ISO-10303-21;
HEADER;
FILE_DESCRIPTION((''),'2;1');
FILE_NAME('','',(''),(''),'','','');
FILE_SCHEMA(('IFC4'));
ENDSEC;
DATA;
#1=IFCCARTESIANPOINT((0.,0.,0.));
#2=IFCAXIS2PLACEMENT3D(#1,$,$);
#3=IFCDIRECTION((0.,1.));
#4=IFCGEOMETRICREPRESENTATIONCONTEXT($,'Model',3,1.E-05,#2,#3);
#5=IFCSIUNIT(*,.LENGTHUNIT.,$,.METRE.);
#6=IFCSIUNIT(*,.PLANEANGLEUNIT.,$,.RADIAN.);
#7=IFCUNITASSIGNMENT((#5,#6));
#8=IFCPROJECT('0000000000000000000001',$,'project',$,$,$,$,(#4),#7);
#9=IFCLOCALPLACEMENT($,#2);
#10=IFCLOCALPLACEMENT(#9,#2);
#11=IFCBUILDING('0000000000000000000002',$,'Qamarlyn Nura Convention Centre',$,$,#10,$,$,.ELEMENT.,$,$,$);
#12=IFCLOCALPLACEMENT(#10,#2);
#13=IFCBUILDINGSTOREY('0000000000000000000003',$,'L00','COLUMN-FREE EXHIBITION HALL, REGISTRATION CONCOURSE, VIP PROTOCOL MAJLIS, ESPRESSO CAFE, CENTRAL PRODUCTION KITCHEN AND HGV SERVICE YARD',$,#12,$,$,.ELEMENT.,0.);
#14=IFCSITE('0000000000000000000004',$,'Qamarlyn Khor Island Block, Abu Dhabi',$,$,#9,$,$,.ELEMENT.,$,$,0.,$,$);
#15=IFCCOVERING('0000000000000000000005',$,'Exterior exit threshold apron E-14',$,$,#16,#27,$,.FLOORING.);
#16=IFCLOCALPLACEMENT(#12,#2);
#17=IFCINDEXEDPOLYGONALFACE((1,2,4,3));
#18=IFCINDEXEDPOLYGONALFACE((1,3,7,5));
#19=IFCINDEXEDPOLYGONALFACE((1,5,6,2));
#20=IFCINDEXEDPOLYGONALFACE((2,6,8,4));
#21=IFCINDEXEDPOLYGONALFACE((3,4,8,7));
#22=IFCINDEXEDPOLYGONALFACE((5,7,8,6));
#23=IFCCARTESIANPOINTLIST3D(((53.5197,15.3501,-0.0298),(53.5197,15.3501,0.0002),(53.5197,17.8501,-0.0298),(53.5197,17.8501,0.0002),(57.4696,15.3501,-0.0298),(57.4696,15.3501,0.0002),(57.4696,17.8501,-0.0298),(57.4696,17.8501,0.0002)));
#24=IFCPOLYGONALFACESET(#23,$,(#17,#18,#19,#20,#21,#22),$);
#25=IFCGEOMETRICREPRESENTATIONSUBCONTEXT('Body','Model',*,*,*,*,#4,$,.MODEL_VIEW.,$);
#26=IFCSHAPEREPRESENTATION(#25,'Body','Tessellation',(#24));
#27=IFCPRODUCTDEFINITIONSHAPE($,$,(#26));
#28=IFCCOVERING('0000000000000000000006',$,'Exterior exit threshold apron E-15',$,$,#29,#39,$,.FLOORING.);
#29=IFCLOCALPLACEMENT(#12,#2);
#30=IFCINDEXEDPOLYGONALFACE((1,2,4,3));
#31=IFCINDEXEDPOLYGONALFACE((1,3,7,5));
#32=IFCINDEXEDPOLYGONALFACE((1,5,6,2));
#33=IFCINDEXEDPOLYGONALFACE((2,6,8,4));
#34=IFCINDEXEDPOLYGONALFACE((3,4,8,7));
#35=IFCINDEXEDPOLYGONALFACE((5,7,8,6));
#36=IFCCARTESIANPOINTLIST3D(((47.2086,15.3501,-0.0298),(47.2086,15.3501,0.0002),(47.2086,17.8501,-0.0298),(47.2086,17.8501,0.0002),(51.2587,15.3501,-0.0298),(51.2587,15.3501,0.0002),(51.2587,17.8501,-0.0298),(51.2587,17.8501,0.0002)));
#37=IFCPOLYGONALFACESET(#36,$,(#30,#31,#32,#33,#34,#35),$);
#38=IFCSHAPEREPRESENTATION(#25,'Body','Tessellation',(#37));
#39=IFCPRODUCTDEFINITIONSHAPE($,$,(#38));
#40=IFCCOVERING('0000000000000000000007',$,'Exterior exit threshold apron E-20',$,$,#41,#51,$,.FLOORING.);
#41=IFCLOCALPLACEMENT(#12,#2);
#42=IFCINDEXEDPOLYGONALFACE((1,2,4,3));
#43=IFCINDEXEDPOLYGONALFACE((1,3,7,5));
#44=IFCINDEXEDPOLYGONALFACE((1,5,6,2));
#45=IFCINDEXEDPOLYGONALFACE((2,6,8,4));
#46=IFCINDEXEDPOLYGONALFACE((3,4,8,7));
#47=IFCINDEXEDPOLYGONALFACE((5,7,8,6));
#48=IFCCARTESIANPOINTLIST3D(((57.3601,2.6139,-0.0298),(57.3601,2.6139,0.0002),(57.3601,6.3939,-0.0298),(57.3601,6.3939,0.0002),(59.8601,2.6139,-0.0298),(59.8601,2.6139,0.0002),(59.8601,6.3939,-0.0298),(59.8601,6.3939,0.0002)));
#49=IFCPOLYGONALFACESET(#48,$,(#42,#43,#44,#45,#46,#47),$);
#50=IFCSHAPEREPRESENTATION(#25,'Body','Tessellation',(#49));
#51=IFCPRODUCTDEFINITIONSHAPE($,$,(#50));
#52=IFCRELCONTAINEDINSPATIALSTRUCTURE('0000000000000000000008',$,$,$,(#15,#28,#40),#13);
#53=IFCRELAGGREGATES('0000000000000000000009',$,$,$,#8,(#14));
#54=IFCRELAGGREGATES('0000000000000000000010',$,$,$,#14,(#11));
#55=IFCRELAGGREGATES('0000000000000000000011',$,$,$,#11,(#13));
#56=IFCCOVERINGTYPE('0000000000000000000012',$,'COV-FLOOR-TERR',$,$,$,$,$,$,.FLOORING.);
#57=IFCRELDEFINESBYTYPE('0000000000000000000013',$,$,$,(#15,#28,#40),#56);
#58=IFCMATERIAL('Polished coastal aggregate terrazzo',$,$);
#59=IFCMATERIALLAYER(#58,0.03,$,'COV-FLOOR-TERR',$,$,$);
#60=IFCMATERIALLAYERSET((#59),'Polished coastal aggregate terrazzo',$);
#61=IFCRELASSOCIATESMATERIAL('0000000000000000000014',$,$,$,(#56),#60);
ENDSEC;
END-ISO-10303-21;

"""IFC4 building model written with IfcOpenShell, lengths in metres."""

from ifc_helpers import new_model, si_unit, direction, frame, origin, origin_2d, place, context, subcontext, project, spatial, rectangle, extrude, material, layer, layer_set, type_object, element, save


model = new_model("IFC4")

# Units and contexts
model_context = context("Model", 3, precision=1e-05, world=origin(), true_north=direction((0.0, 1.0)))
body_context = subcontext(model_context, "Body", "Model", "MODEL_VIEW")
ifc_project = project(units=[si_unit("LENGTHUNIT", "METRE"), si_unit("PLANEANGLEUNIT", "RADIAN")], contexts=[model_context])

# Site, building, storey
site_placement = place(None, origin())
site = spatial("IfcSite", under=ifc_project, at=site_placement, Name="Qamarlyn Khor Island Block, Abu Dhabi", CompositionType="ELEMENT", RefElevation=0.0)
building_placement = place(site_placement, origin())
building = spatial("IfcBuilding", under=site, at=building_placement, Name="Qamarlyn Nura Convention Centre", CompositionType="ELEMENT")
storey_placement = place(building_placement, origin())
storey = spatial("IfcBuildingStorey", under=building, at=storey_placement, Name="L00", Description="COLUMN-FREE EXHIBITION HALL, REGISTRATION CONCOURSE, VIP PROTOCOL MAJLIS, ESPRESSO CAFE, CENTRAL PRODUCTION KITCHEN AND HGV SERVICE YARD", CompositionType="ELEMENT", Elevation=0.0)

# Coverings
ifc_material_1 = material(Name="Polished coastal aggregate terrazzo")
ifc_layer_1 = layer(ifc_material_1, 0.03, Name="COV-FLOOR-TERR")
ifc_layer_set_1 = layer_set([ifc_layer_1], Name="Polished coastal aggregate terrazzo")
covering_type = type_object("IfcCoveringType", Name="COV-FLOOR-TERR", PredefinedType="FLOORING", material=ifc_layer_set_1)
covering_1_placement = place(storey_placement, frame((55.4946, 16.6001, -0.0298), z_axis=(0.0, 0.0, 1.0), x_axis=(-1.0, 0.0, 0.0)))
element("IfcCovering", 1, at=covering_1_placement, inside=storey, type_object=covering_type, Name="Exterior exit threshold apron E-14", PredefinedType="FLOORING", context=body_context, shape_type="SweptSolid", body=[
    extrude(rectangle(XDim=3.95, YDim=2.5, at=origin_2d()), origin(), (0.0, 0.0, 1.0), 0.03),
])
covering_2_placement = place(storey_placement, frame((49.2336, 16.6001, -0.0298), z_axis=(0.0, 0.0, 1.0), x_axis=(-1.0, 0.0, 0.0)))
element("IfcCovering", 2, at=covering_2_placement, inside=storey, type_object=covering_type, Name="Exterior exit threshold apron E-15", PredefinedType="FLOORING", context=body_context, shape_type="SweptSolid", body=[
    extrude(rectangle(XDim=4.05, YDim=2.5, at=origin_2d()), origin(), (0.0, 0.0, 1.0), 0.03),
])
covering_3_placement = place(storey_placement, frame((58.6101, 4.5039, -0.0298), z_axis=(0.0, 0.0, 1.0), x_axis=(0.0, 1.0, 0.0)))
element("IfcCovering", 3, at=covering_3_placement, inside=storey, type_object=covering_type, Name="Exterior exit threshold apron E-20", PredefinedType="FLOORING", context=body_context, shape_type="SweptSolid", body=[
    extrude(rectangle(XDim=3.78, YDim=2.5, at=origin_2d()), origin(), (0.0, 0.0, 1.0), 0.03),
])

save(model, "model.ifc")
